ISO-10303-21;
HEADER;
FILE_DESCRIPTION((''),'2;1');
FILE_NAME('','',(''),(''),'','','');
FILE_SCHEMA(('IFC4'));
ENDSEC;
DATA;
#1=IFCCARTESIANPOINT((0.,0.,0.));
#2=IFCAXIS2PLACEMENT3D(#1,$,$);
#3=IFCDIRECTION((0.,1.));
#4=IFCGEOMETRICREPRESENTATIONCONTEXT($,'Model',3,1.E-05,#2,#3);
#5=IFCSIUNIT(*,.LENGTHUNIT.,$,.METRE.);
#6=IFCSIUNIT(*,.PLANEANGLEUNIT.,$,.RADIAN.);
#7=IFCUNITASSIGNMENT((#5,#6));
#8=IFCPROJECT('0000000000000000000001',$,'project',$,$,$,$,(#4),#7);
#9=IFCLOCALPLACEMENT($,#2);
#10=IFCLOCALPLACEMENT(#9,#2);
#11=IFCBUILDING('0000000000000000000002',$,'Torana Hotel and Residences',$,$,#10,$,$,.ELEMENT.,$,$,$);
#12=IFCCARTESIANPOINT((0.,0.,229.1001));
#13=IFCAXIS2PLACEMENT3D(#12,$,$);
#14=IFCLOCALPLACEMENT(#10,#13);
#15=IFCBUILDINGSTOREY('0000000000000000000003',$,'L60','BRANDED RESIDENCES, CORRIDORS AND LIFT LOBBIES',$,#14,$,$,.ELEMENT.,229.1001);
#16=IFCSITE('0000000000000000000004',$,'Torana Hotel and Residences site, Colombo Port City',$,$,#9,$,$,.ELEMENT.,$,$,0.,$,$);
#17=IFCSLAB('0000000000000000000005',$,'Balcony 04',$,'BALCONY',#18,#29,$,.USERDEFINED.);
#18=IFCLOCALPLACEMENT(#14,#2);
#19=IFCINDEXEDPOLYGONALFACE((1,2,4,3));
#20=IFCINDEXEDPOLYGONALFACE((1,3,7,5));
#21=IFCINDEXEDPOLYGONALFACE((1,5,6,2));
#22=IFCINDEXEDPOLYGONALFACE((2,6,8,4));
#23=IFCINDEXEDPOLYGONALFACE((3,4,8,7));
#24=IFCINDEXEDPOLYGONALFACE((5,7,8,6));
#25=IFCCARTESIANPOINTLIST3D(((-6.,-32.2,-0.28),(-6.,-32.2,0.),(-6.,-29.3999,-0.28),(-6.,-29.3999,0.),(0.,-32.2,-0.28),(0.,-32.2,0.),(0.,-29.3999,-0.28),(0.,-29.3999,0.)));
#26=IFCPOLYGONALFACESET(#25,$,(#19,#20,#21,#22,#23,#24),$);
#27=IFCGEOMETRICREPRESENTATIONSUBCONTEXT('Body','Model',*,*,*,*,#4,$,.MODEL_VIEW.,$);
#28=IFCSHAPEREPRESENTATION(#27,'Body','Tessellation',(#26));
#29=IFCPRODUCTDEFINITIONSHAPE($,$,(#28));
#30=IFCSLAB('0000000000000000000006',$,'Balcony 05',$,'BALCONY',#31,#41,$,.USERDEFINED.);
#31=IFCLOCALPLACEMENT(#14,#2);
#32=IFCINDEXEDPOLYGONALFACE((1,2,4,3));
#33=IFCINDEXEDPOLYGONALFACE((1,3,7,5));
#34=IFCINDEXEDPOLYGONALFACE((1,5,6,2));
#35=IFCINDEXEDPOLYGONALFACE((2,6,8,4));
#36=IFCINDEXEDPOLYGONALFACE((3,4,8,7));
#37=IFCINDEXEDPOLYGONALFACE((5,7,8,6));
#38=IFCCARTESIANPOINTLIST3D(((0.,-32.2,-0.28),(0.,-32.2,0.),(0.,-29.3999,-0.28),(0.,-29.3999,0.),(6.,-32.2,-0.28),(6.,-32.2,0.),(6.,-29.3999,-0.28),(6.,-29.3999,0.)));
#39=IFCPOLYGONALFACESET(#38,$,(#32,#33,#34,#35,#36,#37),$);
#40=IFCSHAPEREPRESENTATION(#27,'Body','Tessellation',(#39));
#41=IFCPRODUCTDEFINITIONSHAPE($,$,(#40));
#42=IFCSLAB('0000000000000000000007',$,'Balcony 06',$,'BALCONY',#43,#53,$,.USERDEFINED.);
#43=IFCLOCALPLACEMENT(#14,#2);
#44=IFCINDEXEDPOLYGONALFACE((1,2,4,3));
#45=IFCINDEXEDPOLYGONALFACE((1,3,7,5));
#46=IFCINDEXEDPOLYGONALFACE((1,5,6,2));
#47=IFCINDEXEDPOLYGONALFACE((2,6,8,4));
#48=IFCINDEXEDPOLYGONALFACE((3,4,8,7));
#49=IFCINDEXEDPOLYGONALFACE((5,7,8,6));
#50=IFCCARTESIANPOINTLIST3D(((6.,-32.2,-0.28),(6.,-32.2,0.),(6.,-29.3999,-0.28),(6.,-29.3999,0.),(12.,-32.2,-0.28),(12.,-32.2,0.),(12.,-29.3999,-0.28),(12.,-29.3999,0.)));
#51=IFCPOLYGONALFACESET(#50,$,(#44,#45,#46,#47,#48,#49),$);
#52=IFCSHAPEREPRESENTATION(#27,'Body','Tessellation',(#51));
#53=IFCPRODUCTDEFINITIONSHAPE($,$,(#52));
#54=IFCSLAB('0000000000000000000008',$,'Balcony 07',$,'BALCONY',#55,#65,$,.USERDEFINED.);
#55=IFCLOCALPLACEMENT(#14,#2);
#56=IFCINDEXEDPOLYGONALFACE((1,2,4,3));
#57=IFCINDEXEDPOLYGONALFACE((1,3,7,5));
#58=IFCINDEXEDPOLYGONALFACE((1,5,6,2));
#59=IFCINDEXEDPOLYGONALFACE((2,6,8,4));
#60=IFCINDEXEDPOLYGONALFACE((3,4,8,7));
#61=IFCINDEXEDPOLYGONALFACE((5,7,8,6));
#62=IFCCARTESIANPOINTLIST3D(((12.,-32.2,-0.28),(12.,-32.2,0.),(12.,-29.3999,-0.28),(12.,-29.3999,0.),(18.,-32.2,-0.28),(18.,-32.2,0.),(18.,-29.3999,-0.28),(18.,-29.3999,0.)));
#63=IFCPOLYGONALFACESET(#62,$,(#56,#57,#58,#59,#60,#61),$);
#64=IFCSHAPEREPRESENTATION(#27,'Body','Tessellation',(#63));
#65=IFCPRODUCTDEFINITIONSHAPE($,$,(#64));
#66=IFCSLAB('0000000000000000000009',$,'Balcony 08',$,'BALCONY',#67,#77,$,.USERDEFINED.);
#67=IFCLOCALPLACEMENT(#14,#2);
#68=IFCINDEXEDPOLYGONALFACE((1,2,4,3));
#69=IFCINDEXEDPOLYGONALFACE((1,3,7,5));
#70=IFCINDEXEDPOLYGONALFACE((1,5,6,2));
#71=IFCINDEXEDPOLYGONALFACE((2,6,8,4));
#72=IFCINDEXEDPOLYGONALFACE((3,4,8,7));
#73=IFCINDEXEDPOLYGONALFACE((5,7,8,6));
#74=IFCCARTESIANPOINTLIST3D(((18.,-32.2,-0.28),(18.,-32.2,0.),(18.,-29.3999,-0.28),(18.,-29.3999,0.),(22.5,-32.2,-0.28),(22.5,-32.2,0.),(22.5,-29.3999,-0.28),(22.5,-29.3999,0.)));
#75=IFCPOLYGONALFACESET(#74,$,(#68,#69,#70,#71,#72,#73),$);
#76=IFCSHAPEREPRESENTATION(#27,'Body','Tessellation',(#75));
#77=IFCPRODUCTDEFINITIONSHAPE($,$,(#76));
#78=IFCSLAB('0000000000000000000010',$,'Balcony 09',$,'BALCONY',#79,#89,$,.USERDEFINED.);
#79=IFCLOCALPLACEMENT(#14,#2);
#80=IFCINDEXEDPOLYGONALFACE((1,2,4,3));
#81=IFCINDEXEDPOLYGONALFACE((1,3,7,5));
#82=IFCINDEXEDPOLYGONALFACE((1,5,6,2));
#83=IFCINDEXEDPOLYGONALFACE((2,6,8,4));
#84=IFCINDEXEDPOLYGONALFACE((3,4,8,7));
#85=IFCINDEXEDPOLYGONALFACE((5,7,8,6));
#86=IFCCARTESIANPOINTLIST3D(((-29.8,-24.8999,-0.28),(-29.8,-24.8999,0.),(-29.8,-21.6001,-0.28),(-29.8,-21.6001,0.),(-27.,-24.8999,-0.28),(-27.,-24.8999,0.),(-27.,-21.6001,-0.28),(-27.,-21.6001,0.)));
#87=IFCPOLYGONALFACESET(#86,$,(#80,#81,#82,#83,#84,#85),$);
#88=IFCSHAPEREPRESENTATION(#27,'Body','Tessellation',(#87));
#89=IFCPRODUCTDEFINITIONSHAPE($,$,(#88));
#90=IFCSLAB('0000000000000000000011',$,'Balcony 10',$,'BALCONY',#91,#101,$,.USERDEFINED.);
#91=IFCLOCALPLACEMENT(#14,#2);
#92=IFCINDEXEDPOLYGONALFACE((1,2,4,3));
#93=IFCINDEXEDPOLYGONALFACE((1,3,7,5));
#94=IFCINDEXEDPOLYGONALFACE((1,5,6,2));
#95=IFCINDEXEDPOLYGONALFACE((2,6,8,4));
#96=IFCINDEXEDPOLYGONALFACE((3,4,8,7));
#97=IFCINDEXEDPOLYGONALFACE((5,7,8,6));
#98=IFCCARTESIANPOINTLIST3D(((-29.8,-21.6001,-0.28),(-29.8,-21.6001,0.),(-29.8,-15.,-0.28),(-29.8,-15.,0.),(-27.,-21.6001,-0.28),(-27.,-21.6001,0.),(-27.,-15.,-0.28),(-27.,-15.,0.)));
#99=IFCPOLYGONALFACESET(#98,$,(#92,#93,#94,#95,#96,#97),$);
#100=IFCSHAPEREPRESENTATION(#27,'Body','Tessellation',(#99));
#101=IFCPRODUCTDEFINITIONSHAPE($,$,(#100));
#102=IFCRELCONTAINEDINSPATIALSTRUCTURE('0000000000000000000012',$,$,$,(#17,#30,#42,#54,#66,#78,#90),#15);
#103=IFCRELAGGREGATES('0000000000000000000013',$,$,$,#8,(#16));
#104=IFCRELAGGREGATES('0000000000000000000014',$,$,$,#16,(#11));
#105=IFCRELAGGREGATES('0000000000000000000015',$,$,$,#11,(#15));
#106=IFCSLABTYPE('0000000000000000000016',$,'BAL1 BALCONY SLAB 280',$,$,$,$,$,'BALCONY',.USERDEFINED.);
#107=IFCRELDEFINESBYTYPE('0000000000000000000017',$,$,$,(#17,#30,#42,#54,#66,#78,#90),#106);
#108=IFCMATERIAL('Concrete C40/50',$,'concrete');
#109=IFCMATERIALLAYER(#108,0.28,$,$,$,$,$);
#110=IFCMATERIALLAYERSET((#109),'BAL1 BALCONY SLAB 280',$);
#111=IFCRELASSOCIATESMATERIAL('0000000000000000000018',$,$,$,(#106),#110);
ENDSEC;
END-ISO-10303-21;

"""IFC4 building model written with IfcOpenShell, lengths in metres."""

from ifc_helpers import new_model, si_unit, direction, frame, origin, place, context, subcontext, project, spatial, polyline, outline, extrude, material, layer, layer_set, type_object, element, save


model = new_model("IFC4")

# Units and contexts
model_context = context("Model", 3, precision=1e-05, world=origin(), true_north=direction((0.0, 1.0)))
body_context = subcontext(model_context, "Body", "Model", "MODEL_VIEW")
ifc_project = project(units=[si_unit("LENGTHUNIT", "METRE"), si_unit("PLANEANGLEUNIT", "RADIAN")], contexts=[model_context])

# Site, building, storey
site_placement = place(None, origin())
site = spatial("IfcSite", under=ifc_project, at=site_placement, Name="Torana Hotel and Residences site, Colombo Port City", CompositionType="ELEMENT", RefElevation=0.0)
building_placement = place(site_placement, origin())
building = spatial("IfcBuilding", under=site, at=building_placement, Name="Torana Hotel and Residences", CompositionType="ELEMENT")
storey_placement = place(building_placement, frame((0.0, 0.0, 229.1001)))
storey = spatial("IfcBuildingStorey", under=building, at=storey_placement, Name="L60", Description="BRANDED RESIDENCES, CORRIDORS AND LIFT LOBBIES", CompositionType="ELEMENT", Elevation=229.1001)

# Slabs
ifc_material_1 = material(Name="Concrete C40/50", Category="concrete")
ifc_layer_1 = layer(ifc_material_1, 0.28)
ifc_layer_set_1 = layer_set([ifc_layer_1], Name="BAL1 BALCONY SLAB 280")
slab_type = type_object("IfcSlabType", Name="BAL1 BALCONY SLAB 280", ElementType="BALCONY", PredefinedType="USERDEFINED", material=ifc_layer_set_1)
slab_1_placement = place(storey_placement, frame((0.0, 0.0, -0.28)))
element("IfcSlab", 1, at=slab_1_placement, inside=storey, type_object=slab_type, Name="Balcony 04", ObjectType="BALCONY", PredefinedType="USERDEFINED", context=body_context, shape_type="SweptSolid", body=[
    extrude(outline(polyline([(-6.0, -32.2), (0.0, -32.2), (0.0, -29.3999), (-6.0, -29.3999), (-6.0, -32.2)])), origin(), (0.0, 0.0, 1.0), 0.28),
])
slab_2_placement = place(storey_placement, frame((0.0, 0.0, -0.28)))
element("IfcSlab", 2, at=slab_2_placement, inside=storey, type_object=slab_type, Name="Balcony 05", ObjectType="BALCONY", PredefinedType="USERDEFINED", context=body_context, shape_type="SweptSolid", body=[
    extrude(outline(polyline([(0.0, -32.2), (6.0, -32.2), (6.0, -29.3999), (0.0, -29.3999), (0.0, -32.2)])), origin(), (0.0, 0.0, 1.0), 0.28),
])
slab_3_placement = place(storey_placement, frame((0.0, 0.0, -0.28)))
element("IfcSlab", 3, at=slab_3_placement, inside=storey, type_object=slab_type, Name="Balcony 06", ObjectType="BALCONY", PredefinedType="USERDEFINED", context=body_context, shape_type="SweptSolid", body=[
    extrude(outline(polyline([(6.0, -32.2), (12.0, -32.2), (12.0, -29.3999), (6.0, -29.3999), (6.0, -32.2)])), origin(), (0.0, 0.0, 1.0), 0.28),
])
slab_4_placement = place(storey_placement, frame((0.0, 0.0, -0.28)))
element("IfcSlab", 4, at=slab_4_placement, inside=storey, type_object=slab_type, Name="Balcony 07", ObjectType="BALCONY", PredefinedType="USERDEFINED", context=body_context, shape_type="SweptSolid", body=[
    extrude(outline(polyline([(12.0, -32.2), (18.0, -32.2), (18.0, -29.3999), (12.0, -29.3999), (12.0, -32.2)])), origin(), (0.0, 0.0, 1.0), 0.28),
])
slab_5_placement = place(storey_placement, frame((0.0, 0.0, -0.28)))
element("IfcSlab", 5, at=slab_5_placement, inside=storey, type_object=slab_type, Name="Balcony 08", ObjectType="BALCONY", PredefinedType="USERDEFINED", context=body_context, shape_type="SweptSolid", body=[
    extrude(outline(polyline([(18.0, -32.2), (22.5, -32.2), (22.5, -29.3999), (18.0, -29.3999), (18.0, -32.2)])), origin(), (0.0, 0.0, 1.0), 0.28),
])
slab_6_placement = place(storey_placement, frame((0.0, 0.0, -0.28)))
element("IfcSlab", 6, at=slab_6_placement, inside=storey, type_object=slab_type, Name="Balcony 09", ObjectType="BALCONY", PredefinedType="USERDEFINED", context=body_context, shape_type="SweptSolid", body=[
    extrude(outline(polyline([(-29.8, -24.8999), (-27.0, -24.8999), (-27.0, -21.6001), (-29.8, -21.6001), (-29.8, -24.8999)])), origin(), (0.0, 0.0, 1.0), 0.28),
])
slab_7_placement = place(storey_placement, frame((0.0, 0.0, -0.28)))
element("IfcSlab", 7, at=slab_7_placement, inside=storey, type_object=slab_type, Name="Balcony 10", ObjectType="BALCONY", PredefinedType="USERDEFINED", context=body_context, shape_type="SweptSolid", body=[
    extrude(outline(polyline([(-29.8, -21.6001), (-27.0, -21.6001), (-27.0, -15.0), (-29.8, -15.0), (-29.8, -21.6001)])), origin(), (0.0, 0.0, 1.0), 0.28),
])

save(model, "model.ifc")
